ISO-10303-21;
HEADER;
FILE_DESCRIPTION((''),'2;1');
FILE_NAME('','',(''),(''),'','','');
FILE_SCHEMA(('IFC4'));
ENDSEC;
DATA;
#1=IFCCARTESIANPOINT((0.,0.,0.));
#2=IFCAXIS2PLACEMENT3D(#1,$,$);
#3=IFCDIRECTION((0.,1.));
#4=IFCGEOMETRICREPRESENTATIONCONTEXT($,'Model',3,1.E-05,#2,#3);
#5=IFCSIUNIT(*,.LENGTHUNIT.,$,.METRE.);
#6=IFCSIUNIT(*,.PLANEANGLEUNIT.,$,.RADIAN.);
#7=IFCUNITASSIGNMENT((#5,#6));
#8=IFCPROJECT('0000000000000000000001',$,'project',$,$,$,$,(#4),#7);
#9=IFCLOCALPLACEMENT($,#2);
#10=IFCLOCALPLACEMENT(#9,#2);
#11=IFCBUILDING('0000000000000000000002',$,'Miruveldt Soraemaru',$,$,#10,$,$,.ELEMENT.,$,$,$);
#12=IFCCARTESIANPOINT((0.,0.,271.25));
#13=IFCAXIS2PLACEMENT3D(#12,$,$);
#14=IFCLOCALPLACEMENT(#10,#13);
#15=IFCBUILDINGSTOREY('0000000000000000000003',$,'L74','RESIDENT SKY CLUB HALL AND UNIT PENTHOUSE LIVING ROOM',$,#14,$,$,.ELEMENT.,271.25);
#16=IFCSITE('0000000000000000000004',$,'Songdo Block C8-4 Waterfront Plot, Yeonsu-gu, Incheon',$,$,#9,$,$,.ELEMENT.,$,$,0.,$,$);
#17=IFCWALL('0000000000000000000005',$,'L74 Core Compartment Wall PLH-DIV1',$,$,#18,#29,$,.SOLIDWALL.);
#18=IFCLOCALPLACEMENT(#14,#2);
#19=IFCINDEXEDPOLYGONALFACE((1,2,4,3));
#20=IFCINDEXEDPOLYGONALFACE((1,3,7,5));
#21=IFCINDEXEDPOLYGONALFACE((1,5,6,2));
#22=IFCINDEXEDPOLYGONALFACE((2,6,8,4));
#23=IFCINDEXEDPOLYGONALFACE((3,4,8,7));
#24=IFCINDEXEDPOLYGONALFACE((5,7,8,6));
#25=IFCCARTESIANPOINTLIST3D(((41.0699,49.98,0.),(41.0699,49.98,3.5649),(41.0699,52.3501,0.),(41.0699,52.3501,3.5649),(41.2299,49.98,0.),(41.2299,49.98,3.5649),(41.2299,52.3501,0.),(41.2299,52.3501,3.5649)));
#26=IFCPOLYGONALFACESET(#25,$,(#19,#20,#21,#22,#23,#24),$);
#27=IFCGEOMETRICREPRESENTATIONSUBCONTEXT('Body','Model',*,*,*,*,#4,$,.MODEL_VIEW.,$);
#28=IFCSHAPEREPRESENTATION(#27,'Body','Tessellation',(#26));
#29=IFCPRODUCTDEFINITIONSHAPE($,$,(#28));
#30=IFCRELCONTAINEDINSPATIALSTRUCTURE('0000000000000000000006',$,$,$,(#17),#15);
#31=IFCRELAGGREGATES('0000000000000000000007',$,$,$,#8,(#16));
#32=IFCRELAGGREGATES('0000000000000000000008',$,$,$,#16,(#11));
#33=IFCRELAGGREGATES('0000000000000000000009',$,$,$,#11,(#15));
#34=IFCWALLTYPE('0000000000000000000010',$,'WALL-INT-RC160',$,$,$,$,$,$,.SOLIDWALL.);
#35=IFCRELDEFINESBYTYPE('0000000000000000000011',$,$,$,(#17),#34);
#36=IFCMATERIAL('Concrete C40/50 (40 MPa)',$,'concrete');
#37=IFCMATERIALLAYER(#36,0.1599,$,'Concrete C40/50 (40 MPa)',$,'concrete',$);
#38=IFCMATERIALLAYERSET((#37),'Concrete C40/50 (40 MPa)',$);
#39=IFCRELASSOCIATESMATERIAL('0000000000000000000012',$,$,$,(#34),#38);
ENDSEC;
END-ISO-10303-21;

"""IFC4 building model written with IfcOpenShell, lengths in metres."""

from ifc_helpers import new_model, si_unit, direction, frame, frame_2d, origin, place, context, subcontext, project, spatial, rectangle, extrude, material, layer, layer_set, type_object, element, save


model = new_model("IFC4")

# Units and contexts
model_context = context("Model", 3, precision=1e-05, world=origin(), true_north=direction((0.0, 1.0)))
body_context = subcontext(model_context, "Body", "Model", "MODEL_VIEW")
ifc_project = project(units=[si_unit("LENGTHUNIT", "METRE"), si_unit("PLANEANGLEUNIT", "RADIAN")], contexts=[model_context])

# Site, building, storey
site_placement = place(None, origin())
site = spatial("IfcSite", under=ifc_project, at=site_placement, Name="Songdo Block C8-4 Waterfront Plot, Yeonsu-gu, Incheon", CompositionType="ELEMENT", RefElevation=0.0)
building_placement = place(site_placement, origin())
building = spatial("IfcBuilding", under=site, at=building_placement, Name="Miruveldt Soraemaru", CompositionType="ELEMENT")
storey_placement = place(building_placement, frame((0.0, 0.0, 271.25)))
storey = spatial("IfcBuildingStorey", under=building, at=storey_placement, Name="L74", Description="RESIDENT SKY CLUB HALL AND UNIT PENTHOUSE LIVING ROOM", CompositionType="ELEMENT", Elevation=271.25)

# Wall
ifc_material_1 = material(Name="Concrete C40/50 (40 MPa)", Category="concrete")
ifc_layer_1 = layer(ifc_material_1, 0.1599, Name="Concrete C40/50 (40 MPa)", Category="concrete")
ifc_layer_set_1 = layer_set([ifc_layer_1], Name="Concrete C40/50 (40 MPa)")
wall_type_1 = type_object("IfcWallType", Name="WALL-INT-RC160", PredefinedType="SOLIDWALL", material=ifc_layer_set_1)
wall_1_placement = place(storey_placement, frame((41.1499, 49.98, 0.0), z_axis=(0.0, 0.0, 1.0), x_axis=(0.0, 1.0, 0.0)))
element("IfcWall", 1, at=wall_1_placement, inside=storey, type_object=wall_type_1, Name="L74 Core Compartment Wall PLH-DIV1", PredefinedType="SOLIDWALL", context=body_context, shape_type="SweptSolid", body=[
    extrude(rectangle(XDim=2.3701, YDim=0.1599, at=frame_2d((1.1851, 0.0))), origin(), (0.0, 0.0, 1.0), 3.5649),
])

save(model, "model.ifc")
